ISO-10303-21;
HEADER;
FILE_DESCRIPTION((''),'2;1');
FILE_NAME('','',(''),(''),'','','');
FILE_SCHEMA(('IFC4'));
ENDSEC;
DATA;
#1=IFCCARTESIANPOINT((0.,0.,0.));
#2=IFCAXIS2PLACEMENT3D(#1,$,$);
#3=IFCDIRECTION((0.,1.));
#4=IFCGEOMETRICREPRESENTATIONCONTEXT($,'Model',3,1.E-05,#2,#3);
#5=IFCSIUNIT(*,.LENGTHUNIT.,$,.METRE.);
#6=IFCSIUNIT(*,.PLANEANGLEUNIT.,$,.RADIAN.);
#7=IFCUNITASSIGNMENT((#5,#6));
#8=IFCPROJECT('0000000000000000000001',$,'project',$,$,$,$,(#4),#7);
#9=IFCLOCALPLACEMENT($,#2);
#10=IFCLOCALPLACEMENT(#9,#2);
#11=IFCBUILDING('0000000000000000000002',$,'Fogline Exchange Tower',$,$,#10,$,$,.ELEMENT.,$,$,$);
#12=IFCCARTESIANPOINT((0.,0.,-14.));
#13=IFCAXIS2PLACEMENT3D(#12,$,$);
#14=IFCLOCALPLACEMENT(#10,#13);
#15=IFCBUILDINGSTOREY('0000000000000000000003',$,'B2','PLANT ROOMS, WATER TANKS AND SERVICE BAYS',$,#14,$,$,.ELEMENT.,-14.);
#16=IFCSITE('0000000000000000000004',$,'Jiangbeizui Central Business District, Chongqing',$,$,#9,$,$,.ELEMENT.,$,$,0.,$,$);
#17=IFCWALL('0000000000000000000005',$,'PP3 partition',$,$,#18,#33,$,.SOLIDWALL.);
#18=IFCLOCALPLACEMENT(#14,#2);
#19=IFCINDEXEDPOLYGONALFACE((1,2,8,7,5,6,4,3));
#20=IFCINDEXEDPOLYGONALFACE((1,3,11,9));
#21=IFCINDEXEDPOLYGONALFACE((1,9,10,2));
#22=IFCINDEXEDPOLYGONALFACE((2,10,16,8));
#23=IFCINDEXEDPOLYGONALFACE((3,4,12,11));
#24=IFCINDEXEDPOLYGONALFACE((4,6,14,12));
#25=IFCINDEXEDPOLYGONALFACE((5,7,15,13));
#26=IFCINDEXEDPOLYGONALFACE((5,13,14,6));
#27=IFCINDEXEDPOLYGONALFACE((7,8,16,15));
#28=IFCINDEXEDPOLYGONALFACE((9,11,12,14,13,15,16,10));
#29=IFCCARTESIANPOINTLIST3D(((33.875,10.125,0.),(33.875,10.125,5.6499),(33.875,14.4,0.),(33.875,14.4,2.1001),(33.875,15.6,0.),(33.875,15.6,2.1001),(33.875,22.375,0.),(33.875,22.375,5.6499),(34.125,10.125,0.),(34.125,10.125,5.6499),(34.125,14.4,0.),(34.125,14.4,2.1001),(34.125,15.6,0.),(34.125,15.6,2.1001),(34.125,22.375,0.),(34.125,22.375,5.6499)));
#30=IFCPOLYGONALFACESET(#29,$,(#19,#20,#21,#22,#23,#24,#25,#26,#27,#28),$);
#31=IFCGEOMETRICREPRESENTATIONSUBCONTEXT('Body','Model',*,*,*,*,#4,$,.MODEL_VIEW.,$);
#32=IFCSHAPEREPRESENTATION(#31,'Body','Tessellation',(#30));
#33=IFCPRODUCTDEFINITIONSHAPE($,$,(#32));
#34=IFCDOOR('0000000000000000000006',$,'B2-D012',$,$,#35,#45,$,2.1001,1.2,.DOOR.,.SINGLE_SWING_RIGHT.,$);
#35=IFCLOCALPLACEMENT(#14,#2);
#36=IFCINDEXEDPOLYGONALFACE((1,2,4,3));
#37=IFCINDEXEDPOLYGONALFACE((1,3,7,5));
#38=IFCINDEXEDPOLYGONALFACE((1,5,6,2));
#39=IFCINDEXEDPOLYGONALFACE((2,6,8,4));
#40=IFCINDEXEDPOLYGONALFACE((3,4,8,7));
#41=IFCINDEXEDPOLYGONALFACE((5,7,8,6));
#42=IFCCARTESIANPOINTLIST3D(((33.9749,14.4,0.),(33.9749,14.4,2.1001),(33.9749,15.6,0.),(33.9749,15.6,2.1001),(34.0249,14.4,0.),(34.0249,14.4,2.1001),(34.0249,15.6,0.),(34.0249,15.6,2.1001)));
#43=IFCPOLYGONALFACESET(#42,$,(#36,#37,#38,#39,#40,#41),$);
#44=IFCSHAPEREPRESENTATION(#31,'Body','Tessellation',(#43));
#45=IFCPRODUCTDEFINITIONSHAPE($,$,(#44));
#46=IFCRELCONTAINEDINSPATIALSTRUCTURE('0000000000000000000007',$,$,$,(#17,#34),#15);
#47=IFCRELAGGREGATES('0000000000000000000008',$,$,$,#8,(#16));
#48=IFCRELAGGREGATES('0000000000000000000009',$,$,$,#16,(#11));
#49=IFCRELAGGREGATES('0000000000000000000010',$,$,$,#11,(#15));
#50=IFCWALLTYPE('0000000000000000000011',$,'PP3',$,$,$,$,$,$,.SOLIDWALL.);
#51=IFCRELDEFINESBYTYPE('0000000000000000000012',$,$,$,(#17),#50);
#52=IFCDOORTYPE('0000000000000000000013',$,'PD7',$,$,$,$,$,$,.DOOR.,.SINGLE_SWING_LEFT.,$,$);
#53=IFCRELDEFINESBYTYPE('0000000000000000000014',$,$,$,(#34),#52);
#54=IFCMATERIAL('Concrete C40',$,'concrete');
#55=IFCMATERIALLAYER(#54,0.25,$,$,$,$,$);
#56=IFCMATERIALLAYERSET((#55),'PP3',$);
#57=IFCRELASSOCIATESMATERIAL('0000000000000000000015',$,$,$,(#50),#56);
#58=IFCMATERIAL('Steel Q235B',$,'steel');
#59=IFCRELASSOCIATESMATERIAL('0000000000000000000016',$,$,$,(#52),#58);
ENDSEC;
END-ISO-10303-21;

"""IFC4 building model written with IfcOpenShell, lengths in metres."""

from ifc_helpers import new_model, si_unit, direction, frame, frame_2d, origin, place, context, subcontext, project, spatial, rectangle, extrude, material, layer, layer_set, type_object, element, fill, save


model = new_model("IFC4")

# Units and contexts
model_context = context("Model", 3, precision=1e-05, world=origin(), true_north=direction((0.0, 1.0)))
body_context = subcontext(model_context, "Body", "Model", "MODEL_VIEW")
ifc_project = project(units=[si_unit("LENGTHUNIT", "METRE"), si_unit("PLANEANGLEUNIT", "RADIAN")], contexts=[model_context])

# Site, building, storey
site_placement = place(None, origin())
site = spatial("IfcSite", under=ifc_project, at=site_placement, Name="Jiangbeizui Central Business District, Chongqing", CompositionType="ELEMENT", RefElevation=0.0)
building_placement = place(site_placement, origin())
building = spatial("IfcBuilding", under=site, at=building_placement, Name="Fogline Exchange Tower", CompositionType="ELEMENT")
storey_placement = place(building_placement, frame((0.0, 0.0, -14.0)))
storey = spatial("IfcBuildingStorey", under=building, at=storey_placement, Name="B2", Description="PLANT ROOMS, WATER TANKS AND SERVICE BAYS", CompositionType="ELEMENT", Elevation=-14.0)

# Shared definitions
ifc_material_1 = material(Name="Concrete C40", Category="concrete")

# Shared definitions
ifc_layer = layer(ifc_material_1, 0.25)
ifc_layer_set = layer_set([ifc_layer], Name="PP3")
wall_type = type_object("IfcWallType", Name="PP3", PredefinedType="SOLIDWALL", material=ifc_layer_set)

# Shared definitions
ifc_material_2 = material(Name="Steel Q235B", Category="steel")
door_type_1 = type_object("IfcDoorType", Name="PD7", OperationType="SINGLE_SWING_LEFT", PredefinedType="DOOR", material=ifc_material_2)

# Wall, opening, door
wall_1_placement = place(storey_placement, frame((34.0, 22.375, 0.0), z_axis=(0.0, 0.0, 1.0), x_axis=(0.0, -1.0, 0.0)))
wall_1 = element("IfcWall", 1, at=wall_1_placement, inside=storey, type_object=wall_type, Name="PP3 partition", PredefinedType="SOLIDWALL", context=body_context, shape_type="SweptSolid", body=[
    extrude(rectangle(XDim=12.25, YDim=0.25, at=frame_2d((6.125, 0.0))), origin(), (0.0, 0.0, 1.0), 5.6499),
])
opening_1_placement = place(wall_1_placement, frame((6.7749, 0.0, 0.0)))
opening_1 = element("IfcOpeningElement", 2, at=opening_1_placement, cuts=wall_1, PredefinedType="OPENING", context=body_context, shape_type="SweptSolid", body=[
    extrude(rectangle(XDim=1.2, YDim=2.1001, at=frame_2d((0.6001, 1.05))), frame((0.0, 0.135, 0.0), z_axis=(0.0, -1.0, 0.0), x_axis=(1.0, 0.0, 0.0)), (0.0, 0.0, 1.0), 0.27),
])
door_1_placement = place(opening_1_placement, origin())
door_1 = element("IfcDoor", 3, at=door_1_placement, inside=storey, type_object=door_type_1, Name="B2-D012", OperationType="SINGLE_SWING_RIGHT", OverallHeight=2.1001, OverallWidth=1.2, PredefinedType="DOOR", context=body_context, shape_type="SweptSolid", body=[
    extrude(rectangle(XDim=1.2, YDim=2.1001, at=frame_2d((0.6001, 1.05))), frame((0.0, 0.0249, 0.0), z_axis=(0.0, -1.0, 0.0), x_axis=(1.0, 0.0, 0.0)), (0.0, 0.0, 1.0), 0.05),
])
fill(opening_1, door_1)

save(model, "model.ifc")
